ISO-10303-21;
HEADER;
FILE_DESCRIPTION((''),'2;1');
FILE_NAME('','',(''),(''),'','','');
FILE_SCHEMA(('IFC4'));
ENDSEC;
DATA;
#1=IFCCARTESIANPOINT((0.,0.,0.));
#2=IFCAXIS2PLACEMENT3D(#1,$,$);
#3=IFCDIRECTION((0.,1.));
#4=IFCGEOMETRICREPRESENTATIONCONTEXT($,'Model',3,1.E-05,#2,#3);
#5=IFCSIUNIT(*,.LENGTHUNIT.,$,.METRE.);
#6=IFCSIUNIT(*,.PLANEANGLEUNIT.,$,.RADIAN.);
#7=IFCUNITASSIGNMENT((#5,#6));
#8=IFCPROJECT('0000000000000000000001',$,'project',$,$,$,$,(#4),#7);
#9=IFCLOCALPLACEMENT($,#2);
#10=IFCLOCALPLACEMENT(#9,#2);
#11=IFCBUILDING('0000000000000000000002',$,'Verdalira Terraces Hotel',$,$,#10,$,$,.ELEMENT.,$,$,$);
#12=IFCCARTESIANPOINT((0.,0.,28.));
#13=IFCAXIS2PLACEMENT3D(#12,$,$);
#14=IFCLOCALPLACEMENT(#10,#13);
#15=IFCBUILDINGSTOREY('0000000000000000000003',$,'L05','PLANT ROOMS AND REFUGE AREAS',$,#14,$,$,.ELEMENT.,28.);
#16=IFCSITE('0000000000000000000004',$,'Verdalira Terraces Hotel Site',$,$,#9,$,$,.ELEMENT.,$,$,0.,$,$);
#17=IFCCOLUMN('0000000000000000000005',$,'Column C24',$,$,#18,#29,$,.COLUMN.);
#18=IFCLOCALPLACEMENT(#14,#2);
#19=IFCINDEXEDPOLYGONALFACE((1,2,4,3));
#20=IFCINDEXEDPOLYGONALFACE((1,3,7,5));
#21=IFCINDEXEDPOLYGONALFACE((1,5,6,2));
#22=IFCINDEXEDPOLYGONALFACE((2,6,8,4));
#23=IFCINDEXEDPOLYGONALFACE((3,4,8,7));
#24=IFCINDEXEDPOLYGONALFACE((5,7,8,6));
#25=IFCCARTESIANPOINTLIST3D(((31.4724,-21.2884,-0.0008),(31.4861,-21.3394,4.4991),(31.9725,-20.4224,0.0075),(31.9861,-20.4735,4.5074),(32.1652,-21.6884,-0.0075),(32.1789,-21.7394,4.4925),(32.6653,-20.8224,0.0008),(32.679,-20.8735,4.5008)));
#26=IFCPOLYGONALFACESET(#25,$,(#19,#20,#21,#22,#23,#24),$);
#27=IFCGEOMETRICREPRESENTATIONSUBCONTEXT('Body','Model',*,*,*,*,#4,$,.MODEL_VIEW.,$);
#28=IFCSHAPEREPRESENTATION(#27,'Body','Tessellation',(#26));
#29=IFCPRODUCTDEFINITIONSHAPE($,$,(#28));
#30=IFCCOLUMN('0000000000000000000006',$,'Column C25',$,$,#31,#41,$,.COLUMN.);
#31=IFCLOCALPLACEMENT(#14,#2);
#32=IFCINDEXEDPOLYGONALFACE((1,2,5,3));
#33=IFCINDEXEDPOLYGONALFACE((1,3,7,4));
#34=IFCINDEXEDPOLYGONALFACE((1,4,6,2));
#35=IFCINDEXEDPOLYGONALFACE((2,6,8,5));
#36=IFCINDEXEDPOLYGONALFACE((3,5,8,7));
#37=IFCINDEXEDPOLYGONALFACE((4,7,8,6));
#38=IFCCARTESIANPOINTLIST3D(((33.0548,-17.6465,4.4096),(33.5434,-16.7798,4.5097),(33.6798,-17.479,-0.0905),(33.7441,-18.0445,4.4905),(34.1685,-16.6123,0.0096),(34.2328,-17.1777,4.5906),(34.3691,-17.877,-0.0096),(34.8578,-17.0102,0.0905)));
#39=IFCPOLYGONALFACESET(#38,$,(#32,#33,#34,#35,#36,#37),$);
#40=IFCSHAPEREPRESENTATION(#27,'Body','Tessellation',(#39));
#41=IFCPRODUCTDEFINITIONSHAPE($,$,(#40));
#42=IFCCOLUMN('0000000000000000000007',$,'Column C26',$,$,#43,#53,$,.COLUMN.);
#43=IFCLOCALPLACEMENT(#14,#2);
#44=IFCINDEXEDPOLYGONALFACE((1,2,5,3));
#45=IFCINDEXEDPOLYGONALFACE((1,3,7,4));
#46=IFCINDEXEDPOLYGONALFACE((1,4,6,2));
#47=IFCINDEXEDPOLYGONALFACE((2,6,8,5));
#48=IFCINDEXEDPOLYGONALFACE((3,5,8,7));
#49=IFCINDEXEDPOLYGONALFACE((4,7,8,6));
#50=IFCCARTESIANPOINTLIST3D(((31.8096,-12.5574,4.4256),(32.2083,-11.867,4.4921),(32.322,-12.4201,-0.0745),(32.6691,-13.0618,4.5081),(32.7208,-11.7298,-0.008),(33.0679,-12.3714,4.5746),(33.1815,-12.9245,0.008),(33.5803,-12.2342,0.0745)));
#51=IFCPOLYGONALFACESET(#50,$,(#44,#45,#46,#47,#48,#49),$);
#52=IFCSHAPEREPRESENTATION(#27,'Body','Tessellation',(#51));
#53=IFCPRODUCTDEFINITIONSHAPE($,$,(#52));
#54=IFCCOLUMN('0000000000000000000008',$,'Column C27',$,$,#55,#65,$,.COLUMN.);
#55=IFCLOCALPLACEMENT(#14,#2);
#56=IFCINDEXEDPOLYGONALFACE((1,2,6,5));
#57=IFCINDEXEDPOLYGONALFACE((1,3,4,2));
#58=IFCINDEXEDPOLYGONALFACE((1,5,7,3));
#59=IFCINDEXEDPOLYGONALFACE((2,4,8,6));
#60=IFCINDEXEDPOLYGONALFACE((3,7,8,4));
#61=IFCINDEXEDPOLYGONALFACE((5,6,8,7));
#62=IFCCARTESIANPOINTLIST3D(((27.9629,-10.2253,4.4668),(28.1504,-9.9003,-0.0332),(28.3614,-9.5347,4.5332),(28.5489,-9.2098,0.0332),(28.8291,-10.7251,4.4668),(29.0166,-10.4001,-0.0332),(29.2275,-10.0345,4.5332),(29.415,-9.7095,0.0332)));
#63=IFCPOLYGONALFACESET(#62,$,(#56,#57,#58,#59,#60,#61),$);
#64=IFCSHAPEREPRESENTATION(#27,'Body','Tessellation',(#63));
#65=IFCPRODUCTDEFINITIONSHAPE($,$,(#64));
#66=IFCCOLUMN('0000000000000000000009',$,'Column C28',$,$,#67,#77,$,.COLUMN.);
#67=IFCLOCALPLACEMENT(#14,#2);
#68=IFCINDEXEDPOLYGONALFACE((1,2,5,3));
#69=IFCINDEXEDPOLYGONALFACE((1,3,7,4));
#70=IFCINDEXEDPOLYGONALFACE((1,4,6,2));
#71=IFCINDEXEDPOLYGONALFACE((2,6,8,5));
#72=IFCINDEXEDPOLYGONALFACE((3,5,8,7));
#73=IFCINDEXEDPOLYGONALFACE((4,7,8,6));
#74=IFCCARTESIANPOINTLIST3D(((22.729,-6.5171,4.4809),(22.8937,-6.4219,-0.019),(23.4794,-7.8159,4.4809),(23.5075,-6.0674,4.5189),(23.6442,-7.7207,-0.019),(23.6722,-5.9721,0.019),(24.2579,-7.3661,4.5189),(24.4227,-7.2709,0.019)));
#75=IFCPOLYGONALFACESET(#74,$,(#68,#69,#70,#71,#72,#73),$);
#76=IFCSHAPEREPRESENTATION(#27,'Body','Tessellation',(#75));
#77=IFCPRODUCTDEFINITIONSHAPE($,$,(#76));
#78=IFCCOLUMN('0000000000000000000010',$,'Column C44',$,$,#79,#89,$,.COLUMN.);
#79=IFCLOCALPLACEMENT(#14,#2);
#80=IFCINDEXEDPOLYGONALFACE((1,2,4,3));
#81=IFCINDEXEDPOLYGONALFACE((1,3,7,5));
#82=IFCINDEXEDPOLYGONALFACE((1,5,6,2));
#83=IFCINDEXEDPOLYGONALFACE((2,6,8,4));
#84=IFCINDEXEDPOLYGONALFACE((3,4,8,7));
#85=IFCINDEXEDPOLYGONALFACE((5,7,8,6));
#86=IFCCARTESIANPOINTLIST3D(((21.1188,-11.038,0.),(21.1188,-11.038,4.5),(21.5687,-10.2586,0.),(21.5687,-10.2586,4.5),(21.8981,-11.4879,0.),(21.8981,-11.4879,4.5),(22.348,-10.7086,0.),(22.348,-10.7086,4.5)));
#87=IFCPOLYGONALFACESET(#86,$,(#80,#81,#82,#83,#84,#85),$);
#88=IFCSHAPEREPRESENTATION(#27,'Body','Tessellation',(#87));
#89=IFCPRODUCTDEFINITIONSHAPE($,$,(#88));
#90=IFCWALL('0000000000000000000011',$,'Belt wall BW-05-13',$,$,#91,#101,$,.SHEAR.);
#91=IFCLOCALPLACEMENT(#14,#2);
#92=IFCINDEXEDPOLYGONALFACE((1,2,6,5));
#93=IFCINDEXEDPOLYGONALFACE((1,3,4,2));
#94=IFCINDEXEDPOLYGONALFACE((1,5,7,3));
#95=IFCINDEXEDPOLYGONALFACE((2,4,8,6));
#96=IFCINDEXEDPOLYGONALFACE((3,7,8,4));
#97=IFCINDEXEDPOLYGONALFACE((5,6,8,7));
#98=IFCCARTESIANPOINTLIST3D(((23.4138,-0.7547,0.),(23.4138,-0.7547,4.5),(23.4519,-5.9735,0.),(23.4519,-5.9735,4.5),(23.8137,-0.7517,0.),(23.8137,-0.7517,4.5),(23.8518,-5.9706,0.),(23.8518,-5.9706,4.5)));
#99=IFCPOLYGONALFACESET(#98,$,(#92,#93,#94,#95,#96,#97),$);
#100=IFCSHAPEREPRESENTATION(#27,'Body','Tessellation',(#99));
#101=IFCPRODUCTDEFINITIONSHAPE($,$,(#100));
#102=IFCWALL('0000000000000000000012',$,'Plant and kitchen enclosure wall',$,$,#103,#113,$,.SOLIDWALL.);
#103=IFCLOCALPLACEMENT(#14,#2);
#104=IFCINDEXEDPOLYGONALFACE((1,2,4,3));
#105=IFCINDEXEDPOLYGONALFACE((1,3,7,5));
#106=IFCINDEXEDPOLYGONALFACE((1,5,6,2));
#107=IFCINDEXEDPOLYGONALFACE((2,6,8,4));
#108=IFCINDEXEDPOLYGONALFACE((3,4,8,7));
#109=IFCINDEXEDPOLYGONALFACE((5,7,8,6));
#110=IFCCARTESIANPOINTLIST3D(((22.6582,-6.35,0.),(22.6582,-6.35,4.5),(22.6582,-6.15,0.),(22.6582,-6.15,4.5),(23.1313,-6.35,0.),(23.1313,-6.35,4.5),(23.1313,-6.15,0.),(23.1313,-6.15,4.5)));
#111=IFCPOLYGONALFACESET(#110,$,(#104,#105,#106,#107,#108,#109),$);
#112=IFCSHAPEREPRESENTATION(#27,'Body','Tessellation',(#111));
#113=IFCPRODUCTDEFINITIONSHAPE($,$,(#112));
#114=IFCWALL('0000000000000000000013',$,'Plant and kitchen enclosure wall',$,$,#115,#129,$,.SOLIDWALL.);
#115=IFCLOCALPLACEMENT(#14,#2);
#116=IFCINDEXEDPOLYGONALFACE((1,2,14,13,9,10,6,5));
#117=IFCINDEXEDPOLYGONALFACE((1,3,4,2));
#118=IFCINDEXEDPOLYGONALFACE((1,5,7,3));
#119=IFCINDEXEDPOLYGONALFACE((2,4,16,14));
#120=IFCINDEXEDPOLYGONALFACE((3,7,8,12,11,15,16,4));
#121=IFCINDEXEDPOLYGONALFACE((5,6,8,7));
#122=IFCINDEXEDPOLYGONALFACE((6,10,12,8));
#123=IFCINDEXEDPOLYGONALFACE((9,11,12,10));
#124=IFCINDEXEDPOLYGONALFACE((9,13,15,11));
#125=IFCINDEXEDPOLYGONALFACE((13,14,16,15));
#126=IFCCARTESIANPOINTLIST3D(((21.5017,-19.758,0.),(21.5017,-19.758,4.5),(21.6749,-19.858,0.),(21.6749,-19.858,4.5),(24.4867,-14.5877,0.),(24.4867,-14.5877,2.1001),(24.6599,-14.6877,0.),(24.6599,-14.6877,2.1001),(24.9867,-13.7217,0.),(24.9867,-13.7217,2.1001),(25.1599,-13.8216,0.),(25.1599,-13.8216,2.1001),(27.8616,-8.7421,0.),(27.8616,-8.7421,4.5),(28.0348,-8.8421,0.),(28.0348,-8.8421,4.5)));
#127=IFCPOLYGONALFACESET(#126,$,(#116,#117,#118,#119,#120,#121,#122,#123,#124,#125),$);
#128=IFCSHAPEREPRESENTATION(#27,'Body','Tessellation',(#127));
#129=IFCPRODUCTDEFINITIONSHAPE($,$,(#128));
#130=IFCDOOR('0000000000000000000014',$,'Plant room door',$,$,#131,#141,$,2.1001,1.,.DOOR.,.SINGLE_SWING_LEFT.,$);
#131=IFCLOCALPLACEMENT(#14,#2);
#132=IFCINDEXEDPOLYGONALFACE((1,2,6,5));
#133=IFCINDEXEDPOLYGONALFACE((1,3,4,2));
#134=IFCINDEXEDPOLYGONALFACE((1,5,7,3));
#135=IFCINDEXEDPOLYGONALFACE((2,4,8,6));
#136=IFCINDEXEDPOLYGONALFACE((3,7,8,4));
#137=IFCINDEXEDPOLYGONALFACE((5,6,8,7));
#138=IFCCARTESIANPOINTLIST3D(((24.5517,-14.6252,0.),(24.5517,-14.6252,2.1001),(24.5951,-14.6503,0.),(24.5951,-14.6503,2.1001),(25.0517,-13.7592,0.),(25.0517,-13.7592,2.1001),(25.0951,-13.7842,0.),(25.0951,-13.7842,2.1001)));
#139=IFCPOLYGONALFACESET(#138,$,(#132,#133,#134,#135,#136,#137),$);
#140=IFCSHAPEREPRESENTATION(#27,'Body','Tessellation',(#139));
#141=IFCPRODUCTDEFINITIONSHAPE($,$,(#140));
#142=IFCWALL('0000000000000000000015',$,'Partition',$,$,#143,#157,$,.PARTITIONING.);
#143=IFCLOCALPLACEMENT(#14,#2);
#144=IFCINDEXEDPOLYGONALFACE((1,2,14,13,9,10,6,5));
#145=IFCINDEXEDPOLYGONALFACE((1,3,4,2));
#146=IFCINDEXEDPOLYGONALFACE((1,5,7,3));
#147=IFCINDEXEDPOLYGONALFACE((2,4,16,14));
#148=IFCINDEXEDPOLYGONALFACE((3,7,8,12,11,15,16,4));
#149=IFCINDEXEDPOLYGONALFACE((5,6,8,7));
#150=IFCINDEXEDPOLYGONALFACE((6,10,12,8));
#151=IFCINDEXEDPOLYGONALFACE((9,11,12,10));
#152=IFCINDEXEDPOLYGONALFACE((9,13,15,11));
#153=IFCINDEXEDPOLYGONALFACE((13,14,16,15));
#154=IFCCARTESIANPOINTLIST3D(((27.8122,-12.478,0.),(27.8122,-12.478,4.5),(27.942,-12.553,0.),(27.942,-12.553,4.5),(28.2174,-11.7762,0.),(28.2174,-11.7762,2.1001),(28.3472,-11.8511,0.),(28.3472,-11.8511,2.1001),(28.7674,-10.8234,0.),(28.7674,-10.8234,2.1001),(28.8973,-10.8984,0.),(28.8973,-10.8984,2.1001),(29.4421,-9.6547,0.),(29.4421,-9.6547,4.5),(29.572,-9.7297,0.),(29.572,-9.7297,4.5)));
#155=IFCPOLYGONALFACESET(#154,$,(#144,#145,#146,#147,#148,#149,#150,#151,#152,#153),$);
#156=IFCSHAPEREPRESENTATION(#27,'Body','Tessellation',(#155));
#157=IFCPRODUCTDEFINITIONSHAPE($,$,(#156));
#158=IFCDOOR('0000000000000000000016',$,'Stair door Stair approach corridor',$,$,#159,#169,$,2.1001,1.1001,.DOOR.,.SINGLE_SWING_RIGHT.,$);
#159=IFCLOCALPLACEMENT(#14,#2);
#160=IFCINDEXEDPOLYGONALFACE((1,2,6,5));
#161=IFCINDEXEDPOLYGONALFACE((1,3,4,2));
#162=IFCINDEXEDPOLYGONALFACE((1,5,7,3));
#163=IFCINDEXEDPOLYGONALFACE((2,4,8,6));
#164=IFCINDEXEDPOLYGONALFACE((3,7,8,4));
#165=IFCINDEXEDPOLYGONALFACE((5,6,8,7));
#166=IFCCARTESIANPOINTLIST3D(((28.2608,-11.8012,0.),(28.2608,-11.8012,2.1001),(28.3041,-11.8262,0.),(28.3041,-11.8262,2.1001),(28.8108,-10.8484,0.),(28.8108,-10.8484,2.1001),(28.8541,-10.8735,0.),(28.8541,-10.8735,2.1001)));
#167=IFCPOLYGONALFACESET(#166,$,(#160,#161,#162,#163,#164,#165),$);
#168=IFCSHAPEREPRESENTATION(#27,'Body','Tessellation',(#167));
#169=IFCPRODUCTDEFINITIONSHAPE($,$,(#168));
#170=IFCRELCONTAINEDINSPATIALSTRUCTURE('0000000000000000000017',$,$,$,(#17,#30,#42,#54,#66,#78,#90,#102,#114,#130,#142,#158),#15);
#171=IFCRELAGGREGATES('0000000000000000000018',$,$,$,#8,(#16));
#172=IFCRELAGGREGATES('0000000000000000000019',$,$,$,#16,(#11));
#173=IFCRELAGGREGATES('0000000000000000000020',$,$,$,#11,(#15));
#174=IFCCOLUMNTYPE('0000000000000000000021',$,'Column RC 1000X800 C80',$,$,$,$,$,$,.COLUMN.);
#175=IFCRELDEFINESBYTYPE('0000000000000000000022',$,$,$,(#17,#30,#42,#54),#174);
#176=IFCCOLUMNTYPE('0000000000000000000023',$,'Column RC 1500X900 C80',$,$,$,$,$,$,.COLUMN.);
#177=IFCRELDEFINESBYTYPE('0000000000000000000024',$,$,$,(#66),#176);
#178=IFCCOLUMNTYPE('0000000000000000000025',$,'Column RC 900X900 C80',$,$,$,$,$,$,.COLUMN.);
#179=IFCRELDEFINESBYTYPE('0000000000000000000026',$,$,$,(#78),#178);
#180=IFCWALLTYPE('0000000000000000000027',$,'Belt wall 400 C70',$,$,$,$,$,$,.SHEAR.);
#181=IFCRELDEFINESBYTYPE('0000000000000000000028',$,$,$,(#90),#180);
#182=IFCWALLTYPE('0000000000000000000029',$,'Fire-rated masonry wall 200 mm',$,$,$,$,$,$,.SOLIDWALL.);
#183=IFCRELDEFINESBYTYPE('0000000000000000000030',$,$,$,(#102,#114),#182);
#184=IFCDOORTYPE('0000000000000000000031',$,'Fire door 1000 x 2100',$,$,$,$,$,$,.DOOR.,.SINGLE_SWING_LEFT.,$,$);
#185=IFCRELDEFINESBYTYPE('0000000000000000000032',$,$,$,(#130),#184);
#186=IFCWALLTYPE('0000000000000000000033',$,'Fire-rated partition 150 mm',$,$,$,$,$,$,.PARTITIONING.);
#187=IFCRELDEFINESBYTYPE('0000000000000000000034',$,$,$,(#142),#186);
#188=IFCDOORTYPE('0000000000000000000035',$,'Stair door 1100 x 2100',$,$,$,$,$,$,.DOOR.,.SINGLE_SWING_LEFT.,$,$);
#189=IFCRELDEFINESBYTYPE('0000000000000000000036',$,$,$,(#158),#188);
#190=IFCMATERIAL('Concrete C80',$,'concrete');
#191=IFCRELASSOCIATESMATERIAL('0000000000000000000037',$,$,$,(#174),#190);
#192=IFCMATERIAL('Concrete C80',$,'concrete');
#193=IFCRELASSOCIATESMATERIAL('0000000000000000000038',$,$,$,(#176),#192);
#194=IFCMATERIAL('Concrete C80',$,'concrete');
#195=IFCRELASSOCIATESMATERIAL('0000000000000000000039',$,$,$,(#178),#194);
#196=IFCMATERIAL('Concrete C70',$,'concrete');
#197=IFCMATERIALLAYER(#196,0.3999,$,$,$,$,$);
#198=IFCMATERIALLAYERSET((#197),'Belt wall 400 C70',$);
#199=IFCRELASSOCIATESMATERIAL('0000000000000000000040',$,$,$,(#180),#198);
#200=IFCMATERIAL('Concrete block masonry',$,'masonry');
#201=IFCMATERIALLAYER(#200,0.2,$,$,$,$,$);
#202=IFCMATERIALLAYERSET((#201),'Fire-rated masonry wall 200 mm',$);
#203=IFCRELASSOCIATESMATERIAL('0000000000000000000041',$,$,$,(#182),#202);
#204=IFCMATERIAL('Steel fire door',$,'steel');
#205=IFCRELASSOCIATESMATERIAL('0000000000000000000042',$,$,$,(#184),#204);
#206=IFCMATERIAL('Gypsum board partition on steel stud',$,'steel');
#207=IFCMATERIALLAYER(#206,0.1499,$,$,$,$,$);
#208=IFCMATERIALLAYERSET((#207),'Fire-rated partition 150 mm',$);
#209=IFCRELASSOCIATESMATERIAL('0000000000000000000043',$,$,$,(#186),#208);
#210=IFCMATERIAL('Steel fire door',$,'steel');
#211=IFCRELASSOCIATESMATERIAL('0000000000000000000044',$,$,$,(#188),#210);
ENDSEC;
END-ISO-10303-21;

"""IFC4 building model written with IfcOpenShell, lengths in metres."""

from ifc_helpers import new_model, si_unit, direction, frame, frame_2d, origin, origin_2d, place, context, subcontext, project, spatial, rectangle, extrude, material, layer, layer_set, material_profile, profile_set, type_object, element, fill, save


model = new_model("IFC4")

# Units and contexts
model_context = context("Model", 3, precision=1e-05, world=origin(), true_north=direction((0.0, 1.0)))
body_context = subcontext(model_context, "Body", "Model", "MODEL_VIEW")
ifc_project = project(units=[si_unit("LENGTHUNIT", "METRE"), si_unit("PLANEANGLEUNIT", "RADIAN")], contexts=[model_context])

# Site, building, storey
site_placement = place(None, origin())
site = spatial("IfcSite", under=ifc_project, at=site_placement, Name="Verdalira Terraces Hotel Site", CompositionType="ELEMENT", RefElevation=0.0)
building_placement = place(site_placement, origin())
building = spatial("IfcBuilding", under=site, at=building_placement, Name="Verdalira Terraces Hotel", CompositionType="ELEMENT")
storey_placement = place(building_placement, frame((0.0, 0.0, 28.0)))
storey = spatial("IfcBuildingStorey", under=building, at=storey_placement, Name="L05", Description="PLANT ROOMS AND REFUGE AREAS", CompositionType="ELEMENT", Elevation=28.0)

# Columns
ifc_material_1 = material(Name="Concrete C80", Category="concrete")
ifc_material_profile_1 = material_profile(ifc_material_1, rectangle(XDim=1.0, YDim=0.8, at=origin_2d()), Name="RC 1000X800")
ifc_profile_set_1 = profile_set([ifc_material_profile_1], Name="Concrete C80")
column_type_1 = type_object("IfcColumnType", Name="Column RC 1000X800 C80", PredefinedType="COLUMN", material=ifc_profile_set_1)
column_1_placement = place(storey_placement, frame((32.0688, -21.0554, 0.0), z_axis=(0.003038, -0.011338, 0.999931), x_axis=(0.500048, 0.865958, 0.0083)))
element("IfcColumn", 1, at=column_1_placement, inside=storey, type_object=column_type_1, Name="Column C24", PredefinedType="COLUMN", context=body_context, shape_type="SweptSolid", body=[
    extrude(rectangle(XDim=1.0, YDim=0.8, at=origin_2d()), origin(), (0.0, 0.0, 1.0), 4.5002),
])
column_2_placement = place(storey_placement, frame((34.2688, -17.2446, 0.0), z_axis=(-0.137475, -0.036839, 0.98982), x_axis=(0.48863, 0.866727, 0.100123)))
element("IfcColumn", 2, at=column_2_placement, inside=storey, type_object=column_type_1, Name="Column C25", PredefinedType="COLUMN", context=body_context, shape_type="SweptSolid", body=[
    extrude(rectangle(XDim=1.0, YDim=0.8, at=origin_2d()), origin(), (0.0, 0.0, 1.0), 4.5464),
])
column_3_placement = place(storey_placement, frame((32.9512, -12.3271, 0.0), z_axis=(-0.113095, -0.030281, 0.993123), x_axis=(-0.859519, 0.504401, -0.082501)))
element("IfcColumn", 3, at=column_3_placement, inside=storey, type_object=column_type_1, Name="Column C26", PredefinedType="COLUMN", context=body_context, shape_type="SweptSolid", body=[
    extrude(rectangle(XDim=1.0, YDim=0.8, at=origin_2d()), origin(), (0.0, 0.0, 1.0), 4.5312),
])
column_4_placement = place(storey_placement, frame((28.7827, -9.8049, 0.0), z_axis=(-0.041523, -0.071962, 0.996543), x_axis=(-0.866153, 0.499779, 0.0)))
element("IfcColumn", 4, at=column_4_placement, inside=storey, type_object=column_type_1, Name="Column C27", PredefinedType="COLUMN", context=body_context, shape_type="SweptSolid", body=[
    extrude(rectangle(XDim=1.0, YDim=0.8, at=origin_2d()), origin(), (0.0, 0.0, 1.0), 4.5156),
])
ifc_material_2 = material(Name="Concrete C80", Category="concrete")
ifc_material_profile_2 = material_profile(ifc_material_2, rectangle(XDim=1.5, YDim=0.8999, at=origin_2d()), Name="RC 1500X900")
ifc_profile_set_2 = profile_set([ifc_material_profile_2], Name="Concrete C80")
column_type_2 = type_object("IfcColumnType", Name="Column RC 1500X900 C80", PredefinedType="COLUMN", material=ifc_profile_set_2)
column_5_placement = place(storey_placement, frame((23.6582, -6.8464, 0.0), z_axis=(-0.036588, -0.02114, 0.999107), x_axis=(0.500278, -0.865865, 0.0)))
element("IfcColumn", 5, at=column_5_placement, inside=storey, type_object=column_type_2, Name="Column C28", PredefinedType="COLUMN", context=body_context, shape_type="SweptSolid", body=[
    extrude(rectangle(XDim=1.5, YDim=0.8999, at=origin_2d()), origin(), (0.0, 0.0, 1.0), 4.5039),
])
ifc_material_3 = material(Name="Concrete C80", Category="concrete")
ifc_material_profile_3 = material_profile(ifc_material_3, rectangle(XDim=0.8999, YDim=0.8999, at=origin_2d()), Name="RC 900X900")
ifc_profile_set_3 = profile_set([ifc_material_profile_3], Name="Concrete C80")
column_type_3 = type_object("IfcColumnType", Name="Column RC 900X900 C80", PredefinedType="COLUMN", material=ifc_profile_set_3)
column_6_placement = place(storey_placement, frame((21.7334, -10.8733, 0.0), z_axis=(0.0, 0.0, 1.0), x_axis=(0.866025, -0.5, 0.0)))
element("IfcColumn", 6, at=column_6_placement, inside=storey, type_object=column_type_3, Name="Column C44", PredefinedType="COLUMN", context=body_context, shape_type="SweptSolid", body=[
    extrude(rectangle(XDim=0.8999, YDim=0.8999, at=origin_2d()), origin(), (0.0, 0.0, 1.0), 4.5),
])

# Walls
ifc_material_4 = material(Name="Concrete C70", Category="concrete")
ifc_layer_1 = layer(ifc_material_4, 0.3999)
ifc_layer_set_1 = layer_set([ifc_layer_1], Name="Belt wall 400 C70")
wall_type_1 = type_object("IfcWallType", Name="Belt wall 400 C70", PredefinedType="SHEAR", material=ifc_layer_set_1)
wall_1_placement = place(storey_placement, frame((23.6519, -5.9719, 0.0), z_axis=(0.0, 0.0, 1.0), x_axis=(-0.007298, 0.999973, 0.0)))
element("IfcWall", 7, at=wall_1_placement, inside=storey, type_object=wall_type_1, Name="Belt wall BW-05-13", PredefinedType="SHEAR", context=body_context, shape_type="SweptSolid", body=[
    extrude(rectangle(XDim=5.219, YDim=0.3999, at=frame_2d((2.6094, 0.0))), origin(), (0.0, 0.0, 1.0), 4.5),
])
ifc_material_5 = material(Name="Concrete block masonry", Category="masonry")
ifc_layer_2 = layer(ifc_material_5, 0.2)
ifc_layer_set_2 = layer_set([ifc_layer_2], Name="Fire-rated masonry wall 200 mm")
wall_type_2 = type_object("IfcWallType", Name="Fire-rated masonry wall 200 mm", PredefinedType="SOLIDWALL", material=ifc_layer_set_2)
wall_2_placement = place(storey_placement, frame((22.6582, -6.25, 0.0), z_axis=(0.0, 0.0, 1.0), x_axis=(1.0, 0.0, 0.0)))
element("IfcWall", 8, at=wall_2_placement, inside=storey, type_object=wall_type_2, Name="Plant and kitchen enclosure wall", PredefinedType="SOLIDWALL", context=body_context, shape_type="SweptSolid", body=[
    extrude(rectangle(XDim=0.4731, YDim=0.2, at=frame_2d((0.2366, 0.0))), origin(), (0.0, 0.0, 1.0), 4.5),
])

# Walls, openings, doors
wall_3_placement = place(storey_placement, frame((21.5884, -19.8079, 0.0), z_axis=(0.0, 0.0, 1.0), x_axis=(0.499991, 0.866031, 0.0)))
wall_3 = element("IfcWall", 9, at=wall_3_placement, inside=storey, type_object=wall_type_2, Name="Plant and kitchen enclosure wall", PredefinedType="SOLIDWALL", context=body_context, shape_type="SweptSolid", body=[
    extrude(rectangle(XDim=12.72, YDim=0.2, at=frame_2d((6.3599, 0.0))), origin(), (0.0, 0.0, 1.0), 4.5),
])
opening_1_placement = place(wall_3_placement, frame((5.97, 0.0, 0.0)))
opening_1 = element("IfcOpeningElement", 10, at=opening_1_placement, cuts=wall_3, PredefinedType="OPENING", context=body_context, shape_type="SweptSolid", body=[
    extrude(rectangle(XDim=1.0, YDim=2.1001, at=frame_2d((0.5, 1.05))), frame((0.0, 0.1099, 0.0), z_axis=(0.0, -1.0, 0.0), x_axis=(1.0, 0.0, 0.0)), (0.0, 0.0, 1.0), 0.22),
])
ifc_material_6 = material(Name="Steel fire door", Category="steel")
door_type_1 = type_object("IfcDoorType", Name="Fire door 1000 x 2100", OperationType="SINGLE_SWING_LEFT", PredefinedType="DOOR", material=ifc_material_6)
door_1_placement = place(opening_1_placement, origin())
door_1 = element("IfcDoor", 11, at=door_1_placement, inside=storey, type_object=door_type_1, Name="Plant room door", OperationType="SINGLE_SWING_LEFT", OverallHeight=2.1001, OverallWidth=1.0, PredefinedType="DOOR", context=body_context, shape_type="SweptSolid", body=[
    extrude(rectangle(XDim=1.0, YDim=2.1001, at=frame_2d((0.5, 1.05))), frame((0.0, 0.0249, 0.0), z_axis=(0.0, -1.0, 0.0), x_axis=(1.0, 0.0, 0.0)), (0.0, 0.0, 1.0), 0.05),
])
fill(opening_1, door_1)
ifc_material_7 = material(Name="Gypsum board partition on steel stud", Category="steel")
ifc_layer_3 = layer(ifc_material_7, 0.1499)
ifc_layer_set_3 = layer_set([ifc_layer_3], Name="Fire-rated partition 150 mm")
wall_type_3 = type_object("IfcWallType", Name="Fire-rated partition 150 mm", PredefinedType="PARTITIONING", material=ifc_layer_set_3)
wall_4_placement = place(storey_placement, frame((27.8772, -12.5154, 0.0), z_axis=(0.0, 0.0, 1.0), x_axis=(0.499973, 0.866041, 0.0)))
wall_4 = element("IfcWall", 12, at=wall_4_placement, inside=storey, type_object=wall_type_3, Name="Partition", PredefinedType="PARTITIONING", context=body_context, shape_type="SweptSolid", body=[
    extrude(rectangle(XDim=3.26, YDim=0.1499, at=frame_2d((1.6299, 0.0))), origin(), (0.0, 0.0, 1.0), 4.5),
])
opening_2_placement = place(wall_4_placement, frame((0.8103, 0.0, 0.0)))
opening_2 = element("IfcOpeningElement", 13, at=opening_2_placement, cuts=wall_4, PredefinedType="OPENING", context=body_context, shape_type="SweptSolid", body=[
    extrude(rectangle(XDim=1.1001, YDim=2.1001, at=frame_2d((0.55, 1.05))), frame((0.0, 0.085, 0.0), z_axis=(0.0, -1.0, 0.0), x_axis=(1.0, 0.0, 0.0)), (0.0, 0.0, 1.0), 0.1699),
])
ifc_material_8 = material(Name="Steel fire door", Category="steel")
door_type_2 = type_object("IfcDoorType", Name="Stair door 1100 x 2100", OperationType="SINGLE_SWING_LEFT", PredefinedType="DOOR", material=ifc_material_8)
door_2_placement = place(opening_2_placement, origin())
door_2 = element("IfcDoor", 14, at=door_2_placement, inside=storey, type_object=door_type_2, Name="Stair door Stair approach corridor", OperationType="SINGLE_SWING_RIGHT", OverallHeight=2.1001, OverallWidth=1.1001, PredefinedType="DOOR", context=body_context, shape_type="SweptSolid", body=[
    extrude(rectangle(XDim=1.1001, YDim=2.1001, at=frame_2d((0.55, 1.05))), frame((0.0, 0.0249, 0.0), z_axis=(0.0, -1.0, 0.0), x_axis=(1.0, 0.0, 0.0)), (0.0, 0.0, 1.0), 0.05),
])
fill(opening_2, door_2)

save(model, "model.ifc")
